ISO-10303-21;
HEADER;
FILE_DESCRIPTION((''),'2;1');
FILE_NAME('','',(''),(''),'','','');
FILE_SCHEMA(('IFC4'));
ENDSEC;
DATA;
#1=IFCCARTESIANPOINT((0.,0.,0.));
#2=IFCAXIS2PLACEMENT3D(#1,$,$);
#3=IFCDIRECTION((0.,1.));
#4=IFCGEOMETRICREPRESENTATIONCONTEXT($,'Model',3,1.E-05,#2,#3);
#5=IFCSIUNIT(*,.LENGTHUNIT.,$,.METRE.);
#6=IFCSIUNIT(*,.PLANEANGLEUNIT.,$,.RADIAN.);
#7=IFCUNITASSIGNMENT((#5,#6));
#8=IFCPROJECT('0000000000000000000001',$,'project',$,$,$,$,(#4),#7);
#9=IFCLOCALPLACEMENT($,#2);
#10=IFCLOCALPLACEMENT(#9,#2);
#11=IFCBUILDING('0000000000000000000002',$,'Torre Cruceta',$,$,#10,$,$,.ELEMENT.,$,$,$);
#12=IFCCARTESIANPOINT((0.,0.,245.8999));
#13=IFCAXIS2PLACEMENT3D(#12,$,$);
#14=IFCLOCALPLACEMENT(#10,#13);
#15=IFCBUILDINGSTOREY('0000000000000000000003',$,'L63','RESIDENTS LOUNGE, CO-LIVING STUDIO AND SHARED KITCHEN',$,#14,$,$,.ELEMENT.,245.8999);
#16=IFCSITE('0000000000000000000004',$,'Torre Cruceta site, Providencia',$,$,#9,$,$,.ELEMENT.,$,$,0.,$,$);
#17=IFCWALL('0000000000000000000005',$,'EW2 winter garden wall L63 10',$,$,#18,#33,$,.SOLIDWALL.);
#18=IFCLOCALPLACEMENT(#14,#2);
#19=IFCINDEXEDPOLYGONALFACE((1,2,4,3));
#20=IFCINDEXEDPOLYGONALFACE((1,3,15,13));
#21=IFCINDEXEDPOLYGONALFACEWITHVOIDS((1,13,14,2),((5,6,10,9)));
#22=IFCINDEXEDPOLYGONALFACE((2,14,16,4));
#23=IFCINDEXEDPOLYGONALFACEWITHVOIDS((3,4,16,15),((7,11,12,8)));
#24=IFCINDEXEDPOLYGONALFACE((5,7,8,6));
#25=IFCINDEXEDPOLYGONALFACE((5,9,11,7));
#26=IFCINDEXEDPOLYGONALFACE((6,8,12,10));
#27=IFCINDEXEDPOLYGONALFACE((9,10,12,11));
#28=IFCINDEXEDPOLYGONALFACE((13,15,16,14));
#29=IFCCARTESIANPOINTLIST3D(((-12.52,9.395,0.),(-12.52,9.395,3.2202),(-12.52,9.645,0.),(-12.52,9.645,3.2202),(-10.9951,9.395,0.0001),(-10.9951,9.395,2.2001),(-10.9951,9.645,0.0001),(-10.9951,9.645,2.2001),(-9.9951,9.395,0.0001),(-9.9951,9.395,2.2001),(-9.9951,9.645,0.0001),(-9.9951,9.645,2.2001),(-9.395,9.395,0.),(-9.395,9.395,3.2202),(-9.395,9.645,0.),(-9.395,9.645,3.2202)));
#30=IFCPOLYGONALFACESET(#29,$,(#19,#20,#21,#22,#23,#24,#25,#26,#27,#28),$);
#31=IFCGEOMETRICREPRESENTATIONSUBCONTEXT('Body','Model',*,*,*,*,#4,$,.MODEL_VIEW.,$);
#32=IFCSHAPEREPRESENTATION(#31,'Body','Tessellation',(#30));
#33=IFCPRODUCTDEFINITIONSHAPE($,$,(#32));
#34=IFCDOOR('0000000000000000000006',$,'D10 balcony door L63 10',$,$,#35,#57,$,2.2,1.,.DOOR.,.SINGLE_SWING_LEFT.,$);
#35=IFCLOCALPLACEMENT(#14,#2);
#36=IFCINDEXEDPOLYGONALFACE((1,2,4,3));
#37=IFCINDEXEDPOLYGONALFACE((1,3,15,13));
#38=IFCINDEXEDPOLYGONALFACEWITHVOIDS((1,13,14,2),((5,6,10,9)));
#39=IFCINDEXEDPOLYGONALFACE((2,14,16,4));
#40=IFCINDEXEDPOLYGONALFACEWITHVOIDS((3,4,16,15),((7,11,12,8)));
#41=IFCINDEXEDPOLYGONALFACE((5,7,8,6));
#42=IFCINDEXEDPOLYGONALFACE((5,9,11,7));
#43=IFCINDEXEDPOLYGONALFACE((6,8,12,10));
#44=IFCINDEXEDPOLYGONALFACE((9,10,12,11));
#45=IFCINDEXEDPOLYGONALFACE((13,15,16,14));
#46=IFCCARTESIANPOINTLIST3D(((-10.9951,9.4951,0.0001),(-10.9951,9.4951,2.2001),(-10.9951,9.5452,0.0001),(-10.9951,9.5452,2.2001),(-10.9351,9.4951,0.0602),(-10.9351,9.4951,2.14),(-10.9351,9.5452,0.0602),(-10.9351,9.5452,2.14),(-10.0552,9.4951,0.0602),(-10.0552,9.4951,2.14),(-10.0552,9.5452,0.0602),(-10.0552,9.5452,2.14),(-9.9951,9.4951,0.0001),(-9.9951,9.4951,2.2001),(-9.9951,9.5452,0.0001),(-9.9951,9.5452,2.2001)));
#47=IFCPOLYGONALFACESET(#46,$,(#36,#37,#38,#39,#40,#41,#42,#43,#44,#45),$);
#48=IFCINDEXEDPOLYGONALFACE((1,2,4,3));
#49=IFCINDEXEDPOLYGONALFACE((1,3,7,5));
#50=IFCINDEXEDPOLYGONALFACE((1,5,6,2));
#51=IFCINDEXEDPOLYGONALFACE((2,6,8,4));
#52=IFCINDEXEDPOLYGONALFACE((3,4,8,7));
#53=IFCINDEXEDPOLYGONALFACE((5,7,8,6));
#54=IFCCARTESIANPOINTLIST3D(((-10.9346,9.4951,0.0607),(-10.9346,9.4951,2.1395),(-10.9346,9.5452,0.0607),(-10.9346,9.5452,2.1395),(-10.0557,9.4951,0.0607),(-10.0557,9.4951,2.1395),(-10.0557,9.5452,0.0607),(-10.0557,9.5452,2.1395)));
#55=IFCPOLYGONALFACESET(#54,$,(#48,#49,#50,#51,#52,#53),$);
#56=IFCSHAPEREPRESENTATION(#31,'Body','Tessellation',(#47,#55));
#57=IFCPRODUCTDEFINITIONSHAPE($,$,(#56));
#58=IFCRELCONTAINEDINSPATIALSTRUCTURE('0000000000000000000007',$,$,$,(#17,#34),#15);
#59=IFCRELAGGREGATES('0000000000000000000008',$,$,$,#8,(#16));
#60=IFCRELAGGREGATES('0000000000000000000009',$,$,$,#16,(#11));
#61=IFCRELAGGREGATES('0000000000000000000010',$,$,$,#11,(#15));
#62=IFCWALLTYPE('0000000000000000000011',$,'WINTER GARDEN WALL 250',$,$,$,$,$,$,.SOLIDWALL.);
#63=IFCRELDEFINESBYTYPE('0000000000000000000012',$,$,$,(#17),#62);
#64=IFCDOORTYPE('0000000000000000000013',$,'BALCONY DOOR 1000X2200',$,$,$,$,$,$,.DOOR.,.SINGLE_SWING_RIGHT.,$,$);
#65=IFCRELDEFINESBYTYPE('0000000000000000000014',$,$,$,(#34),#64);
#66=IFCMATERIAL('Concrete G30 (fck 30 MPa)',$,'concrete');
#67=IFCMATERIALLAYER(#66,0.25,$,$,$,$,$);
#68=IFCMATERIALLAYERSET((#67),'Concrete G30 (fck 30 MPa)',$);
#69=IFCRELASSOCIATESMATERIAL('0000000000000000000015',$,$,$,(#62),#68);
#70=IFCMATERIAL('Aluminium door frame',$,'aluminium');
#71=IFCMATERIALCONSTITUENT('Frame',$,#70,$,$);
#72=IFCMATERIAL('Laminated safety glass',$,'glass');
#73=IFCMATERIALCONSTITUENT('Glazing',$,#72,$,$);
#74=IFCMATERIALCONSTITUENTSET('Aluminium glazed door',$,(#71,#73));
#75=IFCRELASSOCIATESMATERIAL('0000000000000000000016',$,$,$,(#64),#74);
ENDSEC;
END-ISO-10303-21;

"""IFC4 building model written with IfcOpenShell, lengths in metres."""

from ifc_helpers import new_model, si_unit, direction, frame, frame_2d, origin, place, context, subcontext, project, spatial, rectangle, hollow_rectangle, extrude, material, layer, layer_set, constituent, constituent_set, type_object, element, fill, save


model = new_model("IFC4")

# Units and contexts
model_context = context("Model", 3, precision=1e-05, world=origin(), true_north=direction((0.0, 1.0)))
body_context = subcontext(model_context, "Body", "Model", "MODEL_VIEW")
ifc_project = project(units=[si_unit("LENGTHUNIT", "METRE"), si_unit("PLANEANGLEUNIT", "RADIAN")], contexts=[model_context])

# Site, building, storey
site_placement = place(None, origin())
site = spatial("IfcSite", under=ifc_project, at=site_placement, Name="Torre Cruceta site, Providencia", CompositionType="ELEMENT", RefElevation=0.0)
building_placement = place(site_placement, origin())
building = spatial("IfcBuilding", under=site, at=building_placement, Name="Torre Cruceta", CompositionType="ELEMENT")
storey_placement = place(building_placement, frame((0.0, 0.0, 245.8999)))
storey = spatial("IfcBuildingStorey", under=building, at=storey_placement, Name="L63", Description="RESIDENTS LOUNGE, CO-LIVING STUDIO AND SHARED KITCHEN", CompositionType="ELEMENT", Elevation=245.8999)

# Wall, opening, door
ifc_material_1 = material(Name="Concrete G30 (fck 30 MPa)", Category="concrete")
ifc_layer_1 = layer(ifc_material_1, 0.25)
ifc_layer_set_1 = layer_set([ifc_layer_1], Name="Concrete G30 (fck 30 MPa)")
wall_type_1 = type_object("IfcWallType", Name="WINTER GARDEN WALL 250", PredefinedType="SOLIDWALL", material=ifc_layer_set_1)
ifc_material_2 = material(Name="Aluminium door frame", Category="aluminium")
ifc_constituent_1 = constituent(ifc_material_2, Name="Frame")
ifc_material_3 = material(Name="Laminated safety glass", Category="glass")
ifc_constituent_2 = constituent(ifc_material_3, Name="Glazing")
ifc_constituent_set_1 = constituent_set(constituents=[ifc_constituent_1, ifc_constituent_2], Name="Aluminium glazed door")
door_type_1 = type_object("IfcDoorType", Name="BALCONY DOOR 1000X2200", OperationType="SINGLE_SWING_RIGHT", PredefinedType="DOOR", material=ifc_constituent_set_1)
wall_1_placement = place(storey_placement, frame((-9.395, 9.52, 0.0), z_axis=(0.0, 0.0, 1.0), x_axis=(-1.0, 0.0, 0.0)))
wall_1 = element("IfcWall", 1, at=wall_1_placement, inside=storey, type_object=wall_type_1, Name="EW2 winter garden wall L63 10", PredefinedType="SOLIDWALL", context=body_context, shape_type="SweptSolid", body=[
    extrude(rectangle(XDim=3.125, YDim=0.25, at=frame_2d((1.5625, 0.0))), origin(), (0.0, 0.0, 1.0), 3.2202),
])
opening_1_placement = place(wall_1_placement, frame((0.6001, 0.0, 0.0)))
opening_1 = element("IfcOpeningElement", 2, at=opening_1_placement, cuts=wall_1, PredefinedType="OPENING", context=body_context, shape_type="SweptSolid", body=[
    extrude(rectangle(XDim=1.0, YDim=2.2, at=frame_2d((0.5, 1.1001))), frame((0.0, 0.135, 0.0), z_axis=(0.0, -1.0, 0.0), x_axis=(1.0, 0.0, 0.0)), (0.0, 0.0, 1.0), 0.27),
])
door_1_placement = place(opening_1_placement, origin())
door_1 = element("IfcDoor", 3, at=door_1_placement, inside=storey, type_object=door_type_1, Name="D10 balcony door L63 10", OperationType="SINGLE_SWING_LEFT", OverallHeight=2.2, OverallWidth=1.0, PredefinedType="DOOR", context=body_context, shape_type="SweptSolid", body=[
    extrude(hollow_rectangle(XDim=1.0, YDim=2.2, WallThickness=0.0601, at=frame_2d((0.5, 1.1001))), frame((0.0, 0.0249, 0.0), z_axis=(0.0, -1.0, 0.0), x_axis=(1.0, 0.0, 0.0)), (0.0, 0.0, 1.0), 0.05),
    extrude(rectangle(XDim=0.8789, YDim=2.0789, at=frame_2d((0.5, 1.1001))), frame((0.0, 0.0249, 0.0), z_axis=(0.0, -1.0, 0.0), x_axis=(1.0, 0.0, 0.0)), (0.0, 0.0, 1.0), 0.05),
])
fill(opening_1, door_1)

save(model, "model.ifc")
